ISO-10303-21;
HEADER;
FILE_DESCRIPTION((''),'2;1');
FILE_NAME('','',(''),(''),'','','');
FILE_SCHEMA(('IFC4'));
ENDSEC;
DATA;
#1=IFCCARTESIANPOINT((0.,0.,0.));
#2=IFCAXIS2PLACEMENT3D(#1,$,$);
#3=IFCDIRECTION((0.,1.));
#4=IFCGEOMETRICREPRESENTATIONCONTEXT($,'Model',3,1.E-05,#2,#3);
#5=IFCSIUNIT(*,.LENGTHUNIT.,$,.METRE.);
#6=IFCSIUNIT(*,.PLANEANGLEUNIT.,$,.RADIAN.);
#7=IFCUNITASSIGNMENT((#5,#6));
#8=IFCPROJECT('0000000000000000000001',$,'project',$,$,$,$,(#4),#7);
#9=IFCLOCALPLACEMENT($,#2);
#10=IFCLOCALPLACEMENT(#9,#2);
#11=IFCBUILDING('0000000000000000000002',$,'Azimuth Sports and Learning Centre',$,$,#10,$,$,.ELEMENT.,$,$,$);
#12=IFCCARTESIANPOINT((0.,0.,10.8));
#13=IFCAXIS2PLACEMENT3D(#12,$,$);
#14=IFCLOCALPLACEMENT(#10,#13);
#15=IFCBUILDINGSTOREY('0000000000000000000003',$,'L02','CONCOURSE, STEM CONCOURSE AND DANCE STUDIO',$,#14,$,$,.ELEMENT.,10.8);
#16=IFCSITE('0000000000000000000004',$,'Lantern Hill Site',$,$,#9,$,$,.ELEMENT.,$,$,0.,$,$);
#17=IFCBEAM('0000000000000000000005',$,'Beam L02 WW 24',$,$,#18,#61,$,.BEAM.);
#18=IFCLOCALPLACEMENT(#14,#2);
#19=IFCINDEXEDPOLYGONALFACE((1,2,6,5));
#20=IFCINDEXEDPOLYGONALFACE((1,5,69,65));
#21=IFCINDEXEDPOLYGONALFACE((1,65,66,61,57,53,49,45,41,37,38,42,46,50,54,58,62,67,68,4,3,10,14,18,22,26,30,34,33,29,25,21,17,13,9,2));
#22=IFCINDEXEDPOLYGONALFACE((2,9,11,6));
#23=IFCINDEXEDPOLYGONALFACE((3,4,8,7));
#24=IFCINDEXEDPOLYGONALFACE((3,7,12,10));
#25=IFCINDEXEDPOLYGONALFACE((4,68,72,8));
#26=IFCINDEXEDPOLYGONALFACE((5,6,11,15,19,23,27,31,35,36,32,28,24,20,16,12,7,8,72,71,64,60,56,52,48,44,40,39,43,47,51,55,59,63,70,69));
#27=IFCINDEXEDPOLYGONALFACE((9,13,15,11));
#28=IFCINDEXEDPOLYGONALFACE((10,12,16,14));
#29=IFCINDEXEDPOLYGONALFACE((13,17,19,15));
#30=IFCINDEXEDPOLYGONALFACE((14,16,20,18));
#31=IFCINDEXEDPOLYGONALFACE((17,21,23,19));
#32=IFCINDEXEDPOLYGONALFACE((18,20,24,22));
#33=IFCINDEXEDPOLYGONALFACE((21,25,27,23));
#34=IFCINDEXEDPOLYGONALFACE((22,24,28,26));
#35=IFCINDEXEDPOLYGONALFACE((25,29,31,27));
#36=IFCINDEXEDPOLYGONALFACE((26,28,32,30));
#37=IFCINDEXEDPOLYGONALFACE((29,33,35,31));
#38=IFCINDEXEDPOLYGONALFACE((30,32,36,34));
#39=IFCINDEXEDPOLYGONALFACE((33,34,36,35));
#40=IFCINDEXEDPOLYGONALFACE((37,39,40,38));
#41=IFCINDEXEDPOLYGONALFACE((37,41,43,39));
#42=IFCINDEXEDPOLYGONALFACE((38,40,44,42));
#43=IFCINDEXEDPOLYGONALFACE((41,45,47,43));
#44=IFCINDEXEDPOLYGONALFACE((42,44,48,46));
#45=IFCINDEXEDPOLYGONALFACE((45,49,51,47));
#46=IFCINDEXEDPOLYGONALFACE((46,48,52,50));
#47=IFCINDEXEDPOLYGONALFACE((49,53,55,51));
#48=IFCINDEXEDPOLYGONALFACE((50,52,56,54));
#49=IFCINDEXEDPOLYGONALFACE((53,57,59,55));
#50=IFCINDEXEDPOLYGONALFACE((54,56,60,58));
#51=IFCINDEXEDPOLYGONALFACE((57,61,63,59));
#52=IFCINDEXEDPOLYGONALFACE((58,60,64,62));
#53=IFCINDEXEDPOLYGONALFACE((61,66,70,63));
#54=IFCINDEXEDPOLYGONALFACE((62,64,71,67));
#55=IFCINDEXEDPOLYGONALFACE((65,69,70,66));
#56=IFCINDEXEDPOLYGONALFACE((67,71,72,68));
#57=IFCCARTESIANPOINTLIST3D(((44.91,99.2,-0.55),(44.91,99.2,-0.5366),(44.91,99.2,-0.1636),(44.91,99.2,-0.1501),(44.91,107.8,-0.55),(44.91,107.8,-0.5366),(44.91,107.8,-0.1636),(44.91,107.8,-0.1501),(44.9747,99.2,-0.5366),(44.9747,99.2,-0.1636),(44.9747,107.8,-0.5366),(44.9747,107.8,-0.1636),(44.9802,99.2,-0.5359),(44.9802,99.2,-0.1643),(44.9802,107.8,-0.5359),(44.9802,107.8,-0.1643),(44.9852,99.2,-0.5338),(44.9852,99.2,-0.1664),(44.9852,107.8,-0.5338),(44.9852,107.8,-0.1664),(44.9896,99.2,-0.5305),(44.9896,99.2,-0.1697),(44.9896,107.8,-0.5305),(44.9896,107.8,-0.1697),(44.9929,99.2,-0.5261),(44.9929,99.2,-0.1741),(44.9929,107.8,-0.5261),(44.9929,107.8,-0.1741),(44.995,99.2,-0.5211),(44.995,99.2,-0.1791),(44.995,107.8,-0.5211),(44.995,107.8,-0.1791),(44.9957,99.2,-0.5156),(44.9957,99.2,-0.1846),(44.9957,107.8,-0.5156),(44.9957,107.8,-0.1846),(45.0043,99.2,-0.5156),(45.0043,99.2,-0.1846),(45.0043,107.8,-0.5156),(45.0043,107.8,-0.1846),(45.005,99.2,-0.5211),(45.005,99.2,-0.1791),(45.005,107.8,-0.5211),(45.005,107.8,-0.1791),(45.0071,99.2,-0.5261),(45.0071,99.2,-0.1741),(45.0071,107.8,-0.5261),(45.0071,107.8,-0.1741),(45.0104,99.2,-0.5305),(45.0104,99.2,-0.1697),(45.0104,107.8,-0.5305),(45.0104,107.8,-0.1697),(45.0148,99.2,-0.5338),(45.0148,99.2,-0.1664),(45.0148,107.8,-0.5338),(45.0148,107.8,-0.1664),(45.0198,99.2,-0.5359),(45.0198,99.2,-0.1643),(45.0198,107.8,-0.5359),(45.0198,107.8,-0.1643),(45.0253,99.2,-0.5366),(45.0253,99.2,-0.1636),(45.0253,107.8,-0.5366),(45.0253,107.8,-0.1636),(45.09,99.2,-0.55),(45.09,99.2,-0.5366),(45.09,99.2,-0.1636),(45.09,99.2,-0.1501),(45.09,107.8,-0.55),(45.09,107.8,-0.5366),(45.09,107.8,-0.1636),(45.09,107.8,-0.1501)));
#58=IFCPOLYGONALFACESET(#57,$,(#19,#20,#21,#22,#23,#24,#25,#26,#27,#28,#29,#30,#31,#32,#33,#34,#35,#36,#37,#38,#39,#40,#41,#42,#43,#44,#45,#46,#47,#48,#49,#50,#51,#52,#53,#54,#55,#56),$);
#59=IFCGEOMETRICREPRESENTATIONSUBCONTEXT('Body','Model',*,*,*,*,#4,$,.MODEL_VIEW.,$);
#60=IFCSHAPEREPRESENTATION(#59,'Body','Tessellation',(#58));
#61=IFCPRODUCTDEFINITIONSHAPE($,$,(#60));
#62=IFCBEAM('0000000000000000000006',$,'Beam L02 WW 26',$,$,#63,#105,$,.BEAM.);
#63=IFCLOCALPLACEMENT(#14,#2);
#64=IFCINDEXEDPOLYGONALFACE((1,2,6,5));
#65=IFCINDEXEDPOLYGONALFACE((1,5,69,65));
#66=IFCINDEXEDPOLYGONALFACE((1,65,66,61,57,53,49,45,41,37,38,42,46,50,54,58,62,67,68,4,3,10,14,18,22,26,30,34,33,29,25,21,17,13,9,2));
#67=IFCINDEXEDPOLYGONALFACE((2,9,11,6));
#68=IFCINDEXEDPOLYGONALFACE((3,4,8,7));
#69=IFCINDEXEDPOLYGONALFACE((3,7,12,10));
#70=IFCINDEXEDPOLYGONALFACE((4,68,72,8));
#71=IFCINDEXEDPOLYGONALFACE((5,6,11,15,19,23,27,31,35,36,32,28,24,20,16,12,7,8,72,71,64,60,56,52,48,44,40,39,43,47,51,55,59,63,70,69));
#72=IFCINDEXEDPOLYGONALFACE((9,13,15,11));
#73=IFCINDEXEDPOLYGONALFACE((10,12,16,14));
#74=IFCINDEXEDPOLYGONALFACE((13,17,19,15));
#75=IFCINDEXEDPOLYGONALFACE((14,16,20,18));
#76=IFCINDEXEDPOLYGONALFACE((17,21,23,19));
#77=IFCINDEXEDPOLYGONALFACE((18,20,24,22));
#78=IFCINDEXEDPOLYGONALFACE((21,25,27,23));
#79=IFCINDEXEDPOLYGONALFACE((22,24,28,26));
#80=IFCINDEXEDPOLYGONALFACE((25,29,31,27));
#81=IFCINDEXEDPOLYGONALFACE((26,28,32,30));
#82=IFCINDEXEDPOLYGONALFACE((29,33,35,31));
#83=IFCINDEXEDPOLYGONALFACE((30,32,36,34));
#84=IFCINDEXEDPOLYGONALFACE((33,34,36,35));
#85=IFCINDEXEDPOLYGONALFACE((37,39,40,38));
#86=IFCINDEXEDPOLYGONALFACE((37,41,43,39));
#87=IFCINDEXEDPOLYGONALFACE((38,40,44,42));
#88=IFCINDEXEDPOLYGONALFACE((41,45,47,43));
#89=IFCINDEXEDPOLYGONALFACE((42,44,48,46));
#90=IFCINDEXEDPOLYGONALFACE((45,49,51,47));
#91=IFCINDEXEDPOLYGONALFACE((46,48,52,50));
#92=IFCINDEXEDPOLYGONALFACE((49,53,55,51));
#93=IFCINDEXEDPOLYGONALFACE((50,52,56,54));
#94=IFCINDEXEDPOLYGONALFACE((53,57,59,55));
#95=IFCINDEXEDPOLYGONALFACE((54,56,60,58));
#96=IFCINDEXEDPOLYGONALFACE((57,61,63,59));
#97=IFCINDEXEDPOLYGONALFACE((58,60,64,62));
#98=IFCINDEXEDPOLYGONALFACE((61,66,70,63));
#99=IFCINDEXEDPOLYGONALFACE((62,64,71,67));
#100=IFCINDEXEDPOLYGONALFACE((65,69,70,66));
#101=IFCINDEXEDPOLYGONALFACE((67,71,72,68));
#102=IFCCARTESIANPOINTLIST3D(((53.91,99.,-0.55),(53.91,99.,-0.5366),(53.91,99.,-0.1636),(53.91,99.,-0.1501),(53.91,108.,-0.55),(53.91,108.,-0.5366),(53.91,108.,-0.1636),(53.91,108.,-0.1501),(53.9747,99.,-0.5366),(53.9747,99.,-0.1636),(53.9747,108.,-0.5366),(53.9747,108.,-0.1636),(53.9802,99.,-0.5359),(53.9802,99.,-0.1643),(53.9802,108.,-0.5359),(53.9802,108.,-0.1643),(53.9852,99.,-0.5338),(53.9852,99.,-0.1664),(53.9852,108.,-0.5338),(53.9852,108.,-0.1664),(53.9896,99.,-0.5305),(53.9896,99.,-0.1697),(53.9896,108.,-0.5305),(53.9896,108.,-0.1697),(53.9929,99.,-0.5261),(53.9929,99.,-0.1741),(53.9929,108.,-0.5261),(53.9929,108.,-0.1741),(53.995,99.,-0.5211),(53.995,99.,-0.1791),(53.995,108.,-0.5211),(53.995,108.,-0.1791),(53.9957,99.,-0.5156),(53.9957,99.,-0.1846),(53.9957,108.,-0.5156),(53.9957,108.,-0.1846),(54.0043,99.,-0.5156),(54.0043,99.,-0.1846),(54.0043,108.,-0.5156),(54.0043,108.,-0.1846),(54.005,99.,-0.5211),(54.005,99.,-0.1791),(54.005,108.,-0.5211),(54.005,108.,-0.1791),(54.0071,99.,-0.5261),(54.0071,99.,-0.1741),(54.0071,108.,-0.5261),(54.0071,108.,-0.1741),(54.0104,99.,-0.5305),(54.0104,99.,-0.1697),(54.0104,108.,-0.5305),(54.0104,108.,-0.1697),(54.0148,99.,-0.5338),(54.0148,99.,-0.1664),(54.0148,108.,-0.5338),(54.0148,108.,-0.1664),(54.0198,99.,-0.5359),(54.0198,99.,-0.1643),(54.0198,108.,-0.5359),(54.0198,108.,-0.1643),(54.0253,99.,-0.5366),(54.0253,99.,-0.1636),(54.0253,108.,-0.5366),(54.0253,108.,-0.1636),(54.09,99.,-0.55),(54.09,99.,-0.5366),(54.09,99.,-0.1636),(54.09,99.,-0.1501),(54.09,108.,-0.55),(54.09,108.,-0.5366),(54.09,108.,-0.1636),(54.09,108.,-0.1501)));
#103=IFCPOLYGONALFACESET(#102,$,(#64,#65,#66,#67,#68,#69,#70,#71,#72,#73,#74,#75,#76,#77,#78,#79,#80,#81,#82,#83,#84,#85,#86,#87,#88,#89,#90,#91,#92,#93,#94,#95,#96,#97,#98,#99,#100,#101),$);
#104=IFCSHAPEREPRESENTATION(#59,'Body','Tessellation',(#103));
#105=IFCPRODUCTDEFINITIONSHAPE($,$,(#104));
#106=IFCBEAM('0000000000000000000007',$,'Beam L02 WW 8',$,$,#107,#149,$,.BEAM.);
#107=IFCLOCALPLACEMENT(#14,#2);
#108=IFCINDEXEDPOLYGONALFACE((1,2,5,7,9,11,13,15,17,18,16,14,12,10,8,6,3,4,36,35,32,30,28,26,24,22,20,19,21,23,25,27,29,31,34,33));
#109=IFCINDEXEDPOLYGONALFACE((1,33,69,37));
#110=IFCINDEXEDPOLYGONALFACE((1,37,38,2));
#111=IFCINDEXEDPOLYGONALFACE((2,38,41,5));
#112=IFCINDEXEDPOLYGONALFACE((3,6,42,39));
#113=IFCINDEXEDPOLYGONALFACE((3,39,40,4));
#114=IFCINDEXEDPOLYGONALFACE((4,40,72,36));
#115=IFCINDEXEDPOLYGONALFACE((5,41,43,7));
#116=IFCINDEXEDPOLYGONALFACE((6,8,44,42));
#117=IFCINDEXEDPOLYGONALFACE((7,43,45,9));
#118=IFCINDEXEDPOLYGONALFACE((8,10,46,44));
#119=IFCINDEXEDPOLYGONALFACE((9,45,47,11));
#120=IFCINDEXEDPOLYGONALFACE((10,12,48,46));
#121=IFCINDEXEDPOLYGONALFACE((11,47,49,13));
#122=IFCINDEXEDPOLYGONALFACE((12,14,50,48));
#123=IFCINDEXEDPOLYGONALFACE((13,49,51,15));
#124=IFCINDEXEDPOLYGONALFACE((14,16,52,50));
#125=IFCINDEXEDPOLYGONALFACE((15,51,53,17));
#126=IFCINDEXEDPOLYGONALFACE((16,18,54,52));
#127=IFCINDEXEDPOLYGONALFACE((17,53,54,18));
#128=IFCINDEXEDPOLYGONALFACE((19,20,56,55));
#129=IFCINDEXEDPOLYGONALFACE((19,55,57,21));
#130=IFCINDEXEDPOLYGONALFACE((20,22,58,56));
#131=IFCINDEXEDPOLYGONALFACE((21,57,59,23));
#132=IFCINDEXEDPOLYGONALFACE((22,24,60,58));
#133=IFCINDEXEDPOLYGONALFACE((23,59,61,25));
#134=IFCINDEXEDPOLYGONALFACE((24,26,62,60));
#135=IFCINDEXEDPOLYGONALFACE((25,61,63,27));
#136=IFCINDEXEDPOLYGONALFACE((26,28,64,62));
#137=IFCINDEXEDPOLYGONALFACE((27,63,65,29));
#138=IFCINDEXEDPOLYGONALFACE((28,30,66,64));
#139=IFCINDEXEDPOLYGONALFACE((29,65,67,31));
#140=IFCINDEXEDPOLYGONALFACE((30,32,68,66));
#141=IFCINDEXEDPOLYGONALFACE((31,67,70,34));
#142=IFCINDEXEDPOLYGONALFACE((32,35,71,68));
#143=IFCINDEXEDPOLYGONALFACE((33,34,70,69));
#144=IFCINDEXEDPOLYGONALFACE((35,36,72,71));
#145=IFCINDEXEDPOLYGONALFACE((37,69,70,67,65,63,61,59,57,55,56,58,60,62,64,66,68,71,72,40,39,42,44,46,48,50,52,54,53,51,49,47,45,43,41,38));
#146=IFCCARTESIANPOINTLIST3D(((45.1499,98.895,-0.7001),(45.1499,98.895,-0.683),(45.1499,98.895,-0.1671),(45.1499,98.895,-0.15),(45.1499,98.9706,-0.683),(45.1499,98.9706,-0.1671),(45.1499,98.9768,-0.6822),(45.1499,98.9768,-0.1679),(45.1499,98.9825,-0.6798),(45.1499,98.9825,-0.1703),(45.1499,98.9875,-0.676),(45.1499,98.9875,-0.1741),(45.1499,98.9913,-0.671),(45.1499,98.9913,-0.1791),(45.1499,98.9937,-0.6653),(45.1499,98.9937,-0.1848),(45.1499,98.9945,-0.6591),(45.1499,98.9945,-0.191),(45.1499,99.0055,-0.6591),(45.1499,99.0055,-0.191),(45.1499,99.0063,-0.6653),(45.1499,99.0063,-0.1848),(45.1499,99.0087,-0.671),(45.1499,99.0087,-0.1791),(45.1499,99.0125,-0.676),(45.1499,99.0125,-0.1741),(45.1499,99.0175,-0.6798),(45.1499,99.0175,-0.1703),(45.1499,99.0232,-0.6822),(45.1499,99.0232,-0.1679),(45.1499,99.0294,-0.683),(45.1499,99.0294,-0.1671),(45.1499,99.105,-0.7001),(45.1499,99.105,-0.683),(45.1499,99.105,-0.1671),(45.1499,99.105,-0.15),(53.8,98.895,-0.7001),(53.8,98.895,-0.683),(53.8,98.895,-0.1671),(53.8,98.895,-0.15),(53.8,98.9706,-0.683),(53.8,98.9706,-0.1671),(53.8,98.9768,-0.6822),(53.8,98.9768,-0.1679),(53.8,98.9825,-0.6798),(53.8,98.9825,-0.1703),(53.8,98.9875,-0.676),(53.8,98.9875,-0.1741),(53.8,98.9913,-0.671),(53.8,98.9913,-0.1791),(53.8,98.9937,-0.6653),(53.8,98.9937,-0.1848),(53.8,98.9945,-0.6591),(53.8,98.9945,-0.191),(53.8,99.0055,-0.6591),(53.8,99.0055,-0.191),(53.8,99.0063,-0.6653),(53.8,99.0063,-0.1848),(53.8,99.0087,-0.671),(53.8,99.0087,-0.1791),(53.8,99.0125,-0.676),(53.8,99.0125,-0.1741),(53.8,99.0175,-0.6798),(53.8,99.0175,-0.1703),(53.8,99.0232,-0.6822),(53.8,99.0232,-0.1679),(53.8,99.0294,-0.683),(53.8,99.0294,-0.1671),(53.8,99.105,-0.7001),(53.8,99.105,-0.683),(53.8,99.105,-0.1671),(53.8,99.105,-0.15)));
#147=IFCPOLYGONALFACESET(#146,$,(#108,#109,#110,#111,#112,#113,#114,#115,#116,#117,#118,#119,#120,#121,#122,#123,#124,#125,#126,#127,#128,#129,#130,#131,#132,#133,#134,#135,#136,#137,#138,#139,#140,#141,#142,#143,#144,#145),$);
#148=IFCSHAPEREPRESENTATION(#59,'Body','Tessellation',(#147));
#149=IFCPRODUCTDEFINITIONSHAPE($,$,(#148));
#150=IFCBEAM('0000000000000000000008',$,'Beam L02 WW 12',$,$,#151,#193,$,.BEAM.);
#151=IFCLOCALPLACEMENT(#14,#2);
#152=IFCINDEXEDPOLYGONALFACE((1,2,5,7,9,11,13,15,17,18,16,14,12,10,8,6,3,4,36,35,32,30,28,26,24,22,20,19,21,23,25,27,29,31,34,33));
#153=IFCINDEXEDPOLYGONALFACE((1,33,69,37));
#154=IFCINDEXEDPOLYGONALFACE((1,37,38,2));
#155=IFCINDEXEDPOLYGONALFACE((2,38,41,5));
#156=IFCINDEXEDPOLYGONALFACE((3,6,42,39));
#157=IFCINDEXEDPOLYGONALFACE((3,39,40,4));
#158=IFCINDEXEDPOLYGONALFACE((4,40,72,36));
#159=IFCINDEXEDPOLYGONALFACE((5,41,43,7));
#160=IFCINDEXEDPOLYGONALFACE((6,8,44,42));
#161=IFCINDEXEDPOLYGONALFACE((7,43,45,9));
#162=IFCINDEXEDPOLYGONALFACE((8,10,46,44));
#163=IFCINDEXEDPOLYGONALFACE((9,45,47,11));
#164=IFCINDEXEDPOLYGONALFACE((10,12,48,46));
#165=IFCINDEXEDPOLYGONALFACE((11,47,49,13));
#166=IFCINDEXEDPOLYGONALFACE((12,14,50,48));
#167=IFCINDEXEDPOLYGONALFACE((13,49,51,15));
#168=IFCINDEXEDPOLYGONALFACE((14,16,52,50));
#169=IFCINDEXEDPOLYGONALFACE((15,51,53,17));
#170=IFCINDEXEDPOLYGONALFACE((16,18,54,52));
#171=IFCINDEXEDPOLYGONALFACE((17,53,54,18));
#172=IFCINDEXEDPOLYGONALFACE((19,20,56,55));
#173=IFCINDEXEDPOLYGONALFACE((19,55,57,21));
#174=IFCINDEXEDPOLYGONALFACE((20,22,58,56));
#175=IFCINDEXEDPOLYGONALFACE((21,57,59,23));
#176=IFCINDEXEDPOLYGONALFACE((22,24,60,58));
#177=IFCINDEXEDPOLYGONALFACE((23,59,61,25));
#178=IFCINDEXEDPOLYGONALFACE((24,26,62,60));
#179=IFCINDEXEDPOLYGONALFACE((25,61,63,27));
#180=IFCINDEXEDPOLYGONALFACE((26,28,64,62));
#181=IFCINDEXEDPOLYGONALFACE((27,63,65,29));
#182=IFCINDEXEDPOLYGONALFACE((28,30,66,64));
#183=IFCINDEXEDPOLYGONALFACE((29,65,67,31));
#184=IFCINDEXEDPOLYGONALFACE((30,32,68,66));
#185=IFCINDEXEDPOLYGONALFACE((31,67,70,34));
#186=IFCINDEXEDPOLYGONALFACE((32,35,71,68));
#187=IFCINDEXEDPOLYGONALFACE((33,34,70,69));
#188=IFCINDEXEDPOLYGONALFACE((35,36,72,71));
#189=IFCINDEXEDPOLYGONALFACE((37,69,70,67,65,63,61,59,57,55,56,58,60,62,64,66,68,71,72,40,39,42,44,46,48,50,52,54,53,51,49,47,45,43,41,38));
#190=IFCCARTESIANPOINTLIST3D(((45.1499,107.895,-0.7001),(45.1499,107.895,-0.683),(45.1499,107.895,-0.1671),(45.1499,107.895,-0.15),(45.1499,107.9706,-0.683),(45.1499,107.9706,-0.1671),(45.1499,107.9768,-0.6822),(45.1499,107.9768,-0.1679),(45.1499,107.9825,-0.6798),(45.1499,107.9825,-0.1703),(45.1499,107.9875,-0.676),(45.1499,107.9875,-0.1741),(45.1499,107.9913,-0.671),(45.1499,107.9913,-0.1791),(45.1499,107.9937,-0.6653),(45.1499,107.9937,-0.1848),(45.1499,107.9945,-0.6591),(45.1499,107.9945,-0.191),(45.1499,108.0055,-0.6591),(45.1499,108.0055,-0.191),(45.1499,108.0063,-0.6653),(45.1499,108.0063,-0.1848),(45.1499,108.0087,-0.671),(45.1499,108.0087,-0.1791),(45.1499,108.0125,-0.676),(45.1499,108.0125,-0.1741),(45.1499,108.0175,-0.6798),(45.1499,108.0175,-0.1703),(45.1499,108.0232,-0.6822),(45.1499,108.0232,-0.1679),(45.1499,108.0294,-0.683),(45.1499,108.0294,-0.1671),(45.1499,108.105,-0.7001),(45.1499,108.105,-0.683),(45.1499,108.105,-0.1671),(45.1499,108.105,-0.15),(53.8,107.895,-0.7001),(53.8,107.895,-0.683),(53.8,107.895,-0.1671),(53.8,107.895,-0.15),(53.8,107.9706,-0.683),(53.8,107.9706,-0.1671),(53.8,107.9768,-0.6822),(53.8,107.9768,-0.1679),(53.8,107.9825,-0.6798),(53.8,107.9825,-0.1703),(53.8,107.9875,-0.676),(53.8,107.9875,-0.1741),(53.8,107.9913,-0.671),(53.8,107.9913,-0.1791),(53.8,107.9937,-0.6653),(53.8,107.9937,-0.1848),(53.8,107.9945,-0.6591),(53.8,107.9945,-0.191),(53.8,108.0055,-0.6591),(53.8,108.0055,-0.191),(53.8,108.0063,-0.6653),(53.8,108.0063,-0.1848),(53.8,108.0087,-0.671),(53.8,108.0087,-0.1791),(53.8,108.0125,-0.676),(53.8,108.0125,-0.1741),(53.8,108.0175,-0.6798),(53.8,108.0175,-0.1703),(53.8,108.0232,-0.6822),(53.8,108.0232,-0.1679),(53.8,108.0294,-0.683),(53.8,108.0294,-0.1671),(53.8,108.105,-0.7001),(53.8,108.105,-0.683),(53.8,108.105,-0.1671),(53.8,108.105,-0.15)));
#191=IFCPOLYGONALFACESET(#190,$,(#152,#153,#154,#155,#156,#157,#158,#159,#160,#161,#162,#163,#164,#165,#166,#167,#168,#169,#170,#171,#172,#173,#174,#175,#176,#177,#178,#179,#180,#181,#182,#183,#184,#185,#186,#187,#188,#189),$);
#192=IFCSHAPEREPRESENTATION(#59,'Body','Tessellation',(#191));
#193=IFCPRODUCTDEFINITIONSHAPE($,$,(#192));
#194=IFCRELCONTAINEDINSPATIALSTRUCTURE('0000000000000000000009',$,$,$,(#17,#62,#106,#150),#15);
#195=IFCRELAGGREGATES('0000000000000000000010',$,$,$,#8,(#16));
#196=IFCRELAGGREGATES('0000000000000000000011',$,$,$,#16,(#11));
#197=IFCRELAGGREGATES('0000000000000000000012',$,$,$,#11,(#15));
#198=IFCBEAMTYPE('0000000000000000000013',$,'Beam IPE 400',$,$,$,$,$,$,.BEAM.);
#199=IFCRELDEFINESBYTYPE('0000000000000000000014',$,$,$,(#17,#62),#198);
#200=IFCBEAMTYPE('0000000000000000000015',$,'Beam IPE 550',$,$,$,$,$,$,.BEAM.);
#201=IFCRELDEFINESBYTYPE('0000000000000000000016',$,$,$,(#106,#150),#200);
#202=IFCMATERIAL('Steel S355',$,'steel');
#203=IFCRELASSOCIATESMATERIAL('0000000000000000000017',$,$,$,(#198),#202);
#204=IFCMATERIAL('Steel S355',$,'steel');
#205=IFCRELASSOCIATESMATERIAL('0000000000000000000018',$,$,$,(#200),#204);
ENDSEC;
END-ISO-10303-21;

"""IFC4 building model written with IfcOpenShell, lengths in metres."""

from ifc_helpers import new_model, si_unit, direction, frame, origin, origin_2d, place, context, subcontext, project, spatial, i_section, extrude, material, material_profile, profile_set, type_object, element, save


model = new_model("IFC4")

# Units and contexts
model_context = context("Model", 3, precision=1e-05, world=origin(), true_north=direction((0.0, 1.0)))
body_context = subcontext(model_context, "Body", "Model", "MODEL_VIEW")
ifc_project = project(units=[si_unit("LENGTHUNIT", "METRE"), si_unit("PLANEANGLEUNIT", "RADIAN")], contexts=[model_context])

# Site, building, storey
site_placement = place(None, origin())
site = spatial("IfcSite", under=ifc_project, at=site_placement, Name="Lantern Hill Site", CompositionType="ELEMENT", RefElevation=0.0)
building_placement = place(site_placement, origin())
building = spatial("IfcBuilding", under=site, at=building_placement, Name="Azimuth Sports and Learning Centre", CompositionType="ELEMENT")
storey_placement = place(building_placement, frame((0.0, 0.0, 10.8)))
storey = spatial("IfcBuildingStorey", under=building, at=storey_placement, Name="L02", Description="CONCOURSE, STEM CONCOURSE AND DANCE STUDIO", CompositionType="ELEMENT", Elevation=10.8)

# Beams
ifc_material_1 = material(Name="Steel S355", Category="steel")
ifc_material_profile_1 = material_profile(ifc_material_1, i_section(OverallWidth=0.1799, OverallDepth=0.3999, WebThickness=0.0085, FlangeThickness=0.0134, FilletRadius=0.021, at=origin_2d()), Name="IPE 400")
ifc_profile_set_1 = profile_set([ifc_material_profile_1], Name="Steel S355")
beam_type_1 = type_object("IfcBeamType", Name="Beam IPE 400", PredefinedType="BEAM", material=ifc_profile_set_1)
for number, where, z_axis, x_axis, name in (
    (1, (45.0, 99.2, -0.3501), (0.0, 1.0, 0.0), (-1.0, 0.0, 0.0), "Beam L02 WW 24"),
):
    element("IfcBeam", number, at=place(storey_placement, frame(where, z_axis=z_axis, x_axis=x_axis)), inside=storey, type_object=beam_type_1, Name=name, PredefinedType="BEAM", context=body_context, shape_type="SweptSolid", body=[
        extrude(i_section(OverallWidth=0.1799, OverallDepth=0.3999, WebThickness=0.0085, FlangeThickness=0.0134, FilletRadius=0.021, at=origin_2d()), origin(), (0.0, 0.0, 1.0), 8.6001),
    ])
beam_1_placement = place(storey_placement, frame((54.0, 99.0, -0.3501), z_axis=(0.0, 1.0, 0.0), x_axis=(-1.0, 0.0, 0.0)))
element("IfcBeam", 2, at=beam_1_placement, inside=storey, type_object=beam_type_1, Name="Beam L02 WW 26", PredefinedType="BEAM", context=body_context, shape_type="SweptSolid", body=[
    extrude(i_section(OverallWidth=0.1799, OverallDepth=0.3999, WebThickness=0.0085, FlangeThickness=0.0134, FilletRadius=0.021, at=origin_2d()), origin(), (0.0, 0.0, 1.0), 9.0),
])
ifc_material_2 = material(Name="Steel S355", Category="steel")
ifc_material_profile_2 = material_profile(ifc_material_2, i_section(OverallWidth=0.21, OverallDepth=0.55, WebThickness=0.011, FlangeThickness=0.0171, FilletRadius=0.0239, at=origin_2d()), Name="IPE 550")
ifc_profile_set_2 = profile_set([ifc_material_profile_2], Name="Steel S355")
beam_type_2 = type_object("IfcBeamType", Name="Beam IPE 550", PredefinedType="BEAM", material=ifc_profile_set_2)
for number, where, z_axis, x_axis, name in (
    (3, (45.1499, 99.0, -0.425), (1.0, 0.0, 0.0), (0.0, 1.0, 0.0), "Beam L02 WW 8"),
    (4, (45.1499, 108.0, -0.425), (1.0, 0.0, 0.0), (0.0, 1.0, 0.0), "Beam L02 WW 12"),
):
    element("IfcBeam", number, at=place(storey_placement, frame(where, z_axis=z_axis, x_axis=x_axis)), inside=storey, type_object=beam_type_2, Name=name, PredefinedType="BEAM", context=body_context, shape_type="SweptSolid", body=[
        extrude(i_section(OverallWidth=0.21, OverallDepth=0.55, WebThickness=0.011, FlangeThickness=0.0171, FilletRadius=0.0239, at=origin_2d()), origin(), (0.0, 0.0, 1.0), 8.6501),
    ])

save(model, "model.ifc")
